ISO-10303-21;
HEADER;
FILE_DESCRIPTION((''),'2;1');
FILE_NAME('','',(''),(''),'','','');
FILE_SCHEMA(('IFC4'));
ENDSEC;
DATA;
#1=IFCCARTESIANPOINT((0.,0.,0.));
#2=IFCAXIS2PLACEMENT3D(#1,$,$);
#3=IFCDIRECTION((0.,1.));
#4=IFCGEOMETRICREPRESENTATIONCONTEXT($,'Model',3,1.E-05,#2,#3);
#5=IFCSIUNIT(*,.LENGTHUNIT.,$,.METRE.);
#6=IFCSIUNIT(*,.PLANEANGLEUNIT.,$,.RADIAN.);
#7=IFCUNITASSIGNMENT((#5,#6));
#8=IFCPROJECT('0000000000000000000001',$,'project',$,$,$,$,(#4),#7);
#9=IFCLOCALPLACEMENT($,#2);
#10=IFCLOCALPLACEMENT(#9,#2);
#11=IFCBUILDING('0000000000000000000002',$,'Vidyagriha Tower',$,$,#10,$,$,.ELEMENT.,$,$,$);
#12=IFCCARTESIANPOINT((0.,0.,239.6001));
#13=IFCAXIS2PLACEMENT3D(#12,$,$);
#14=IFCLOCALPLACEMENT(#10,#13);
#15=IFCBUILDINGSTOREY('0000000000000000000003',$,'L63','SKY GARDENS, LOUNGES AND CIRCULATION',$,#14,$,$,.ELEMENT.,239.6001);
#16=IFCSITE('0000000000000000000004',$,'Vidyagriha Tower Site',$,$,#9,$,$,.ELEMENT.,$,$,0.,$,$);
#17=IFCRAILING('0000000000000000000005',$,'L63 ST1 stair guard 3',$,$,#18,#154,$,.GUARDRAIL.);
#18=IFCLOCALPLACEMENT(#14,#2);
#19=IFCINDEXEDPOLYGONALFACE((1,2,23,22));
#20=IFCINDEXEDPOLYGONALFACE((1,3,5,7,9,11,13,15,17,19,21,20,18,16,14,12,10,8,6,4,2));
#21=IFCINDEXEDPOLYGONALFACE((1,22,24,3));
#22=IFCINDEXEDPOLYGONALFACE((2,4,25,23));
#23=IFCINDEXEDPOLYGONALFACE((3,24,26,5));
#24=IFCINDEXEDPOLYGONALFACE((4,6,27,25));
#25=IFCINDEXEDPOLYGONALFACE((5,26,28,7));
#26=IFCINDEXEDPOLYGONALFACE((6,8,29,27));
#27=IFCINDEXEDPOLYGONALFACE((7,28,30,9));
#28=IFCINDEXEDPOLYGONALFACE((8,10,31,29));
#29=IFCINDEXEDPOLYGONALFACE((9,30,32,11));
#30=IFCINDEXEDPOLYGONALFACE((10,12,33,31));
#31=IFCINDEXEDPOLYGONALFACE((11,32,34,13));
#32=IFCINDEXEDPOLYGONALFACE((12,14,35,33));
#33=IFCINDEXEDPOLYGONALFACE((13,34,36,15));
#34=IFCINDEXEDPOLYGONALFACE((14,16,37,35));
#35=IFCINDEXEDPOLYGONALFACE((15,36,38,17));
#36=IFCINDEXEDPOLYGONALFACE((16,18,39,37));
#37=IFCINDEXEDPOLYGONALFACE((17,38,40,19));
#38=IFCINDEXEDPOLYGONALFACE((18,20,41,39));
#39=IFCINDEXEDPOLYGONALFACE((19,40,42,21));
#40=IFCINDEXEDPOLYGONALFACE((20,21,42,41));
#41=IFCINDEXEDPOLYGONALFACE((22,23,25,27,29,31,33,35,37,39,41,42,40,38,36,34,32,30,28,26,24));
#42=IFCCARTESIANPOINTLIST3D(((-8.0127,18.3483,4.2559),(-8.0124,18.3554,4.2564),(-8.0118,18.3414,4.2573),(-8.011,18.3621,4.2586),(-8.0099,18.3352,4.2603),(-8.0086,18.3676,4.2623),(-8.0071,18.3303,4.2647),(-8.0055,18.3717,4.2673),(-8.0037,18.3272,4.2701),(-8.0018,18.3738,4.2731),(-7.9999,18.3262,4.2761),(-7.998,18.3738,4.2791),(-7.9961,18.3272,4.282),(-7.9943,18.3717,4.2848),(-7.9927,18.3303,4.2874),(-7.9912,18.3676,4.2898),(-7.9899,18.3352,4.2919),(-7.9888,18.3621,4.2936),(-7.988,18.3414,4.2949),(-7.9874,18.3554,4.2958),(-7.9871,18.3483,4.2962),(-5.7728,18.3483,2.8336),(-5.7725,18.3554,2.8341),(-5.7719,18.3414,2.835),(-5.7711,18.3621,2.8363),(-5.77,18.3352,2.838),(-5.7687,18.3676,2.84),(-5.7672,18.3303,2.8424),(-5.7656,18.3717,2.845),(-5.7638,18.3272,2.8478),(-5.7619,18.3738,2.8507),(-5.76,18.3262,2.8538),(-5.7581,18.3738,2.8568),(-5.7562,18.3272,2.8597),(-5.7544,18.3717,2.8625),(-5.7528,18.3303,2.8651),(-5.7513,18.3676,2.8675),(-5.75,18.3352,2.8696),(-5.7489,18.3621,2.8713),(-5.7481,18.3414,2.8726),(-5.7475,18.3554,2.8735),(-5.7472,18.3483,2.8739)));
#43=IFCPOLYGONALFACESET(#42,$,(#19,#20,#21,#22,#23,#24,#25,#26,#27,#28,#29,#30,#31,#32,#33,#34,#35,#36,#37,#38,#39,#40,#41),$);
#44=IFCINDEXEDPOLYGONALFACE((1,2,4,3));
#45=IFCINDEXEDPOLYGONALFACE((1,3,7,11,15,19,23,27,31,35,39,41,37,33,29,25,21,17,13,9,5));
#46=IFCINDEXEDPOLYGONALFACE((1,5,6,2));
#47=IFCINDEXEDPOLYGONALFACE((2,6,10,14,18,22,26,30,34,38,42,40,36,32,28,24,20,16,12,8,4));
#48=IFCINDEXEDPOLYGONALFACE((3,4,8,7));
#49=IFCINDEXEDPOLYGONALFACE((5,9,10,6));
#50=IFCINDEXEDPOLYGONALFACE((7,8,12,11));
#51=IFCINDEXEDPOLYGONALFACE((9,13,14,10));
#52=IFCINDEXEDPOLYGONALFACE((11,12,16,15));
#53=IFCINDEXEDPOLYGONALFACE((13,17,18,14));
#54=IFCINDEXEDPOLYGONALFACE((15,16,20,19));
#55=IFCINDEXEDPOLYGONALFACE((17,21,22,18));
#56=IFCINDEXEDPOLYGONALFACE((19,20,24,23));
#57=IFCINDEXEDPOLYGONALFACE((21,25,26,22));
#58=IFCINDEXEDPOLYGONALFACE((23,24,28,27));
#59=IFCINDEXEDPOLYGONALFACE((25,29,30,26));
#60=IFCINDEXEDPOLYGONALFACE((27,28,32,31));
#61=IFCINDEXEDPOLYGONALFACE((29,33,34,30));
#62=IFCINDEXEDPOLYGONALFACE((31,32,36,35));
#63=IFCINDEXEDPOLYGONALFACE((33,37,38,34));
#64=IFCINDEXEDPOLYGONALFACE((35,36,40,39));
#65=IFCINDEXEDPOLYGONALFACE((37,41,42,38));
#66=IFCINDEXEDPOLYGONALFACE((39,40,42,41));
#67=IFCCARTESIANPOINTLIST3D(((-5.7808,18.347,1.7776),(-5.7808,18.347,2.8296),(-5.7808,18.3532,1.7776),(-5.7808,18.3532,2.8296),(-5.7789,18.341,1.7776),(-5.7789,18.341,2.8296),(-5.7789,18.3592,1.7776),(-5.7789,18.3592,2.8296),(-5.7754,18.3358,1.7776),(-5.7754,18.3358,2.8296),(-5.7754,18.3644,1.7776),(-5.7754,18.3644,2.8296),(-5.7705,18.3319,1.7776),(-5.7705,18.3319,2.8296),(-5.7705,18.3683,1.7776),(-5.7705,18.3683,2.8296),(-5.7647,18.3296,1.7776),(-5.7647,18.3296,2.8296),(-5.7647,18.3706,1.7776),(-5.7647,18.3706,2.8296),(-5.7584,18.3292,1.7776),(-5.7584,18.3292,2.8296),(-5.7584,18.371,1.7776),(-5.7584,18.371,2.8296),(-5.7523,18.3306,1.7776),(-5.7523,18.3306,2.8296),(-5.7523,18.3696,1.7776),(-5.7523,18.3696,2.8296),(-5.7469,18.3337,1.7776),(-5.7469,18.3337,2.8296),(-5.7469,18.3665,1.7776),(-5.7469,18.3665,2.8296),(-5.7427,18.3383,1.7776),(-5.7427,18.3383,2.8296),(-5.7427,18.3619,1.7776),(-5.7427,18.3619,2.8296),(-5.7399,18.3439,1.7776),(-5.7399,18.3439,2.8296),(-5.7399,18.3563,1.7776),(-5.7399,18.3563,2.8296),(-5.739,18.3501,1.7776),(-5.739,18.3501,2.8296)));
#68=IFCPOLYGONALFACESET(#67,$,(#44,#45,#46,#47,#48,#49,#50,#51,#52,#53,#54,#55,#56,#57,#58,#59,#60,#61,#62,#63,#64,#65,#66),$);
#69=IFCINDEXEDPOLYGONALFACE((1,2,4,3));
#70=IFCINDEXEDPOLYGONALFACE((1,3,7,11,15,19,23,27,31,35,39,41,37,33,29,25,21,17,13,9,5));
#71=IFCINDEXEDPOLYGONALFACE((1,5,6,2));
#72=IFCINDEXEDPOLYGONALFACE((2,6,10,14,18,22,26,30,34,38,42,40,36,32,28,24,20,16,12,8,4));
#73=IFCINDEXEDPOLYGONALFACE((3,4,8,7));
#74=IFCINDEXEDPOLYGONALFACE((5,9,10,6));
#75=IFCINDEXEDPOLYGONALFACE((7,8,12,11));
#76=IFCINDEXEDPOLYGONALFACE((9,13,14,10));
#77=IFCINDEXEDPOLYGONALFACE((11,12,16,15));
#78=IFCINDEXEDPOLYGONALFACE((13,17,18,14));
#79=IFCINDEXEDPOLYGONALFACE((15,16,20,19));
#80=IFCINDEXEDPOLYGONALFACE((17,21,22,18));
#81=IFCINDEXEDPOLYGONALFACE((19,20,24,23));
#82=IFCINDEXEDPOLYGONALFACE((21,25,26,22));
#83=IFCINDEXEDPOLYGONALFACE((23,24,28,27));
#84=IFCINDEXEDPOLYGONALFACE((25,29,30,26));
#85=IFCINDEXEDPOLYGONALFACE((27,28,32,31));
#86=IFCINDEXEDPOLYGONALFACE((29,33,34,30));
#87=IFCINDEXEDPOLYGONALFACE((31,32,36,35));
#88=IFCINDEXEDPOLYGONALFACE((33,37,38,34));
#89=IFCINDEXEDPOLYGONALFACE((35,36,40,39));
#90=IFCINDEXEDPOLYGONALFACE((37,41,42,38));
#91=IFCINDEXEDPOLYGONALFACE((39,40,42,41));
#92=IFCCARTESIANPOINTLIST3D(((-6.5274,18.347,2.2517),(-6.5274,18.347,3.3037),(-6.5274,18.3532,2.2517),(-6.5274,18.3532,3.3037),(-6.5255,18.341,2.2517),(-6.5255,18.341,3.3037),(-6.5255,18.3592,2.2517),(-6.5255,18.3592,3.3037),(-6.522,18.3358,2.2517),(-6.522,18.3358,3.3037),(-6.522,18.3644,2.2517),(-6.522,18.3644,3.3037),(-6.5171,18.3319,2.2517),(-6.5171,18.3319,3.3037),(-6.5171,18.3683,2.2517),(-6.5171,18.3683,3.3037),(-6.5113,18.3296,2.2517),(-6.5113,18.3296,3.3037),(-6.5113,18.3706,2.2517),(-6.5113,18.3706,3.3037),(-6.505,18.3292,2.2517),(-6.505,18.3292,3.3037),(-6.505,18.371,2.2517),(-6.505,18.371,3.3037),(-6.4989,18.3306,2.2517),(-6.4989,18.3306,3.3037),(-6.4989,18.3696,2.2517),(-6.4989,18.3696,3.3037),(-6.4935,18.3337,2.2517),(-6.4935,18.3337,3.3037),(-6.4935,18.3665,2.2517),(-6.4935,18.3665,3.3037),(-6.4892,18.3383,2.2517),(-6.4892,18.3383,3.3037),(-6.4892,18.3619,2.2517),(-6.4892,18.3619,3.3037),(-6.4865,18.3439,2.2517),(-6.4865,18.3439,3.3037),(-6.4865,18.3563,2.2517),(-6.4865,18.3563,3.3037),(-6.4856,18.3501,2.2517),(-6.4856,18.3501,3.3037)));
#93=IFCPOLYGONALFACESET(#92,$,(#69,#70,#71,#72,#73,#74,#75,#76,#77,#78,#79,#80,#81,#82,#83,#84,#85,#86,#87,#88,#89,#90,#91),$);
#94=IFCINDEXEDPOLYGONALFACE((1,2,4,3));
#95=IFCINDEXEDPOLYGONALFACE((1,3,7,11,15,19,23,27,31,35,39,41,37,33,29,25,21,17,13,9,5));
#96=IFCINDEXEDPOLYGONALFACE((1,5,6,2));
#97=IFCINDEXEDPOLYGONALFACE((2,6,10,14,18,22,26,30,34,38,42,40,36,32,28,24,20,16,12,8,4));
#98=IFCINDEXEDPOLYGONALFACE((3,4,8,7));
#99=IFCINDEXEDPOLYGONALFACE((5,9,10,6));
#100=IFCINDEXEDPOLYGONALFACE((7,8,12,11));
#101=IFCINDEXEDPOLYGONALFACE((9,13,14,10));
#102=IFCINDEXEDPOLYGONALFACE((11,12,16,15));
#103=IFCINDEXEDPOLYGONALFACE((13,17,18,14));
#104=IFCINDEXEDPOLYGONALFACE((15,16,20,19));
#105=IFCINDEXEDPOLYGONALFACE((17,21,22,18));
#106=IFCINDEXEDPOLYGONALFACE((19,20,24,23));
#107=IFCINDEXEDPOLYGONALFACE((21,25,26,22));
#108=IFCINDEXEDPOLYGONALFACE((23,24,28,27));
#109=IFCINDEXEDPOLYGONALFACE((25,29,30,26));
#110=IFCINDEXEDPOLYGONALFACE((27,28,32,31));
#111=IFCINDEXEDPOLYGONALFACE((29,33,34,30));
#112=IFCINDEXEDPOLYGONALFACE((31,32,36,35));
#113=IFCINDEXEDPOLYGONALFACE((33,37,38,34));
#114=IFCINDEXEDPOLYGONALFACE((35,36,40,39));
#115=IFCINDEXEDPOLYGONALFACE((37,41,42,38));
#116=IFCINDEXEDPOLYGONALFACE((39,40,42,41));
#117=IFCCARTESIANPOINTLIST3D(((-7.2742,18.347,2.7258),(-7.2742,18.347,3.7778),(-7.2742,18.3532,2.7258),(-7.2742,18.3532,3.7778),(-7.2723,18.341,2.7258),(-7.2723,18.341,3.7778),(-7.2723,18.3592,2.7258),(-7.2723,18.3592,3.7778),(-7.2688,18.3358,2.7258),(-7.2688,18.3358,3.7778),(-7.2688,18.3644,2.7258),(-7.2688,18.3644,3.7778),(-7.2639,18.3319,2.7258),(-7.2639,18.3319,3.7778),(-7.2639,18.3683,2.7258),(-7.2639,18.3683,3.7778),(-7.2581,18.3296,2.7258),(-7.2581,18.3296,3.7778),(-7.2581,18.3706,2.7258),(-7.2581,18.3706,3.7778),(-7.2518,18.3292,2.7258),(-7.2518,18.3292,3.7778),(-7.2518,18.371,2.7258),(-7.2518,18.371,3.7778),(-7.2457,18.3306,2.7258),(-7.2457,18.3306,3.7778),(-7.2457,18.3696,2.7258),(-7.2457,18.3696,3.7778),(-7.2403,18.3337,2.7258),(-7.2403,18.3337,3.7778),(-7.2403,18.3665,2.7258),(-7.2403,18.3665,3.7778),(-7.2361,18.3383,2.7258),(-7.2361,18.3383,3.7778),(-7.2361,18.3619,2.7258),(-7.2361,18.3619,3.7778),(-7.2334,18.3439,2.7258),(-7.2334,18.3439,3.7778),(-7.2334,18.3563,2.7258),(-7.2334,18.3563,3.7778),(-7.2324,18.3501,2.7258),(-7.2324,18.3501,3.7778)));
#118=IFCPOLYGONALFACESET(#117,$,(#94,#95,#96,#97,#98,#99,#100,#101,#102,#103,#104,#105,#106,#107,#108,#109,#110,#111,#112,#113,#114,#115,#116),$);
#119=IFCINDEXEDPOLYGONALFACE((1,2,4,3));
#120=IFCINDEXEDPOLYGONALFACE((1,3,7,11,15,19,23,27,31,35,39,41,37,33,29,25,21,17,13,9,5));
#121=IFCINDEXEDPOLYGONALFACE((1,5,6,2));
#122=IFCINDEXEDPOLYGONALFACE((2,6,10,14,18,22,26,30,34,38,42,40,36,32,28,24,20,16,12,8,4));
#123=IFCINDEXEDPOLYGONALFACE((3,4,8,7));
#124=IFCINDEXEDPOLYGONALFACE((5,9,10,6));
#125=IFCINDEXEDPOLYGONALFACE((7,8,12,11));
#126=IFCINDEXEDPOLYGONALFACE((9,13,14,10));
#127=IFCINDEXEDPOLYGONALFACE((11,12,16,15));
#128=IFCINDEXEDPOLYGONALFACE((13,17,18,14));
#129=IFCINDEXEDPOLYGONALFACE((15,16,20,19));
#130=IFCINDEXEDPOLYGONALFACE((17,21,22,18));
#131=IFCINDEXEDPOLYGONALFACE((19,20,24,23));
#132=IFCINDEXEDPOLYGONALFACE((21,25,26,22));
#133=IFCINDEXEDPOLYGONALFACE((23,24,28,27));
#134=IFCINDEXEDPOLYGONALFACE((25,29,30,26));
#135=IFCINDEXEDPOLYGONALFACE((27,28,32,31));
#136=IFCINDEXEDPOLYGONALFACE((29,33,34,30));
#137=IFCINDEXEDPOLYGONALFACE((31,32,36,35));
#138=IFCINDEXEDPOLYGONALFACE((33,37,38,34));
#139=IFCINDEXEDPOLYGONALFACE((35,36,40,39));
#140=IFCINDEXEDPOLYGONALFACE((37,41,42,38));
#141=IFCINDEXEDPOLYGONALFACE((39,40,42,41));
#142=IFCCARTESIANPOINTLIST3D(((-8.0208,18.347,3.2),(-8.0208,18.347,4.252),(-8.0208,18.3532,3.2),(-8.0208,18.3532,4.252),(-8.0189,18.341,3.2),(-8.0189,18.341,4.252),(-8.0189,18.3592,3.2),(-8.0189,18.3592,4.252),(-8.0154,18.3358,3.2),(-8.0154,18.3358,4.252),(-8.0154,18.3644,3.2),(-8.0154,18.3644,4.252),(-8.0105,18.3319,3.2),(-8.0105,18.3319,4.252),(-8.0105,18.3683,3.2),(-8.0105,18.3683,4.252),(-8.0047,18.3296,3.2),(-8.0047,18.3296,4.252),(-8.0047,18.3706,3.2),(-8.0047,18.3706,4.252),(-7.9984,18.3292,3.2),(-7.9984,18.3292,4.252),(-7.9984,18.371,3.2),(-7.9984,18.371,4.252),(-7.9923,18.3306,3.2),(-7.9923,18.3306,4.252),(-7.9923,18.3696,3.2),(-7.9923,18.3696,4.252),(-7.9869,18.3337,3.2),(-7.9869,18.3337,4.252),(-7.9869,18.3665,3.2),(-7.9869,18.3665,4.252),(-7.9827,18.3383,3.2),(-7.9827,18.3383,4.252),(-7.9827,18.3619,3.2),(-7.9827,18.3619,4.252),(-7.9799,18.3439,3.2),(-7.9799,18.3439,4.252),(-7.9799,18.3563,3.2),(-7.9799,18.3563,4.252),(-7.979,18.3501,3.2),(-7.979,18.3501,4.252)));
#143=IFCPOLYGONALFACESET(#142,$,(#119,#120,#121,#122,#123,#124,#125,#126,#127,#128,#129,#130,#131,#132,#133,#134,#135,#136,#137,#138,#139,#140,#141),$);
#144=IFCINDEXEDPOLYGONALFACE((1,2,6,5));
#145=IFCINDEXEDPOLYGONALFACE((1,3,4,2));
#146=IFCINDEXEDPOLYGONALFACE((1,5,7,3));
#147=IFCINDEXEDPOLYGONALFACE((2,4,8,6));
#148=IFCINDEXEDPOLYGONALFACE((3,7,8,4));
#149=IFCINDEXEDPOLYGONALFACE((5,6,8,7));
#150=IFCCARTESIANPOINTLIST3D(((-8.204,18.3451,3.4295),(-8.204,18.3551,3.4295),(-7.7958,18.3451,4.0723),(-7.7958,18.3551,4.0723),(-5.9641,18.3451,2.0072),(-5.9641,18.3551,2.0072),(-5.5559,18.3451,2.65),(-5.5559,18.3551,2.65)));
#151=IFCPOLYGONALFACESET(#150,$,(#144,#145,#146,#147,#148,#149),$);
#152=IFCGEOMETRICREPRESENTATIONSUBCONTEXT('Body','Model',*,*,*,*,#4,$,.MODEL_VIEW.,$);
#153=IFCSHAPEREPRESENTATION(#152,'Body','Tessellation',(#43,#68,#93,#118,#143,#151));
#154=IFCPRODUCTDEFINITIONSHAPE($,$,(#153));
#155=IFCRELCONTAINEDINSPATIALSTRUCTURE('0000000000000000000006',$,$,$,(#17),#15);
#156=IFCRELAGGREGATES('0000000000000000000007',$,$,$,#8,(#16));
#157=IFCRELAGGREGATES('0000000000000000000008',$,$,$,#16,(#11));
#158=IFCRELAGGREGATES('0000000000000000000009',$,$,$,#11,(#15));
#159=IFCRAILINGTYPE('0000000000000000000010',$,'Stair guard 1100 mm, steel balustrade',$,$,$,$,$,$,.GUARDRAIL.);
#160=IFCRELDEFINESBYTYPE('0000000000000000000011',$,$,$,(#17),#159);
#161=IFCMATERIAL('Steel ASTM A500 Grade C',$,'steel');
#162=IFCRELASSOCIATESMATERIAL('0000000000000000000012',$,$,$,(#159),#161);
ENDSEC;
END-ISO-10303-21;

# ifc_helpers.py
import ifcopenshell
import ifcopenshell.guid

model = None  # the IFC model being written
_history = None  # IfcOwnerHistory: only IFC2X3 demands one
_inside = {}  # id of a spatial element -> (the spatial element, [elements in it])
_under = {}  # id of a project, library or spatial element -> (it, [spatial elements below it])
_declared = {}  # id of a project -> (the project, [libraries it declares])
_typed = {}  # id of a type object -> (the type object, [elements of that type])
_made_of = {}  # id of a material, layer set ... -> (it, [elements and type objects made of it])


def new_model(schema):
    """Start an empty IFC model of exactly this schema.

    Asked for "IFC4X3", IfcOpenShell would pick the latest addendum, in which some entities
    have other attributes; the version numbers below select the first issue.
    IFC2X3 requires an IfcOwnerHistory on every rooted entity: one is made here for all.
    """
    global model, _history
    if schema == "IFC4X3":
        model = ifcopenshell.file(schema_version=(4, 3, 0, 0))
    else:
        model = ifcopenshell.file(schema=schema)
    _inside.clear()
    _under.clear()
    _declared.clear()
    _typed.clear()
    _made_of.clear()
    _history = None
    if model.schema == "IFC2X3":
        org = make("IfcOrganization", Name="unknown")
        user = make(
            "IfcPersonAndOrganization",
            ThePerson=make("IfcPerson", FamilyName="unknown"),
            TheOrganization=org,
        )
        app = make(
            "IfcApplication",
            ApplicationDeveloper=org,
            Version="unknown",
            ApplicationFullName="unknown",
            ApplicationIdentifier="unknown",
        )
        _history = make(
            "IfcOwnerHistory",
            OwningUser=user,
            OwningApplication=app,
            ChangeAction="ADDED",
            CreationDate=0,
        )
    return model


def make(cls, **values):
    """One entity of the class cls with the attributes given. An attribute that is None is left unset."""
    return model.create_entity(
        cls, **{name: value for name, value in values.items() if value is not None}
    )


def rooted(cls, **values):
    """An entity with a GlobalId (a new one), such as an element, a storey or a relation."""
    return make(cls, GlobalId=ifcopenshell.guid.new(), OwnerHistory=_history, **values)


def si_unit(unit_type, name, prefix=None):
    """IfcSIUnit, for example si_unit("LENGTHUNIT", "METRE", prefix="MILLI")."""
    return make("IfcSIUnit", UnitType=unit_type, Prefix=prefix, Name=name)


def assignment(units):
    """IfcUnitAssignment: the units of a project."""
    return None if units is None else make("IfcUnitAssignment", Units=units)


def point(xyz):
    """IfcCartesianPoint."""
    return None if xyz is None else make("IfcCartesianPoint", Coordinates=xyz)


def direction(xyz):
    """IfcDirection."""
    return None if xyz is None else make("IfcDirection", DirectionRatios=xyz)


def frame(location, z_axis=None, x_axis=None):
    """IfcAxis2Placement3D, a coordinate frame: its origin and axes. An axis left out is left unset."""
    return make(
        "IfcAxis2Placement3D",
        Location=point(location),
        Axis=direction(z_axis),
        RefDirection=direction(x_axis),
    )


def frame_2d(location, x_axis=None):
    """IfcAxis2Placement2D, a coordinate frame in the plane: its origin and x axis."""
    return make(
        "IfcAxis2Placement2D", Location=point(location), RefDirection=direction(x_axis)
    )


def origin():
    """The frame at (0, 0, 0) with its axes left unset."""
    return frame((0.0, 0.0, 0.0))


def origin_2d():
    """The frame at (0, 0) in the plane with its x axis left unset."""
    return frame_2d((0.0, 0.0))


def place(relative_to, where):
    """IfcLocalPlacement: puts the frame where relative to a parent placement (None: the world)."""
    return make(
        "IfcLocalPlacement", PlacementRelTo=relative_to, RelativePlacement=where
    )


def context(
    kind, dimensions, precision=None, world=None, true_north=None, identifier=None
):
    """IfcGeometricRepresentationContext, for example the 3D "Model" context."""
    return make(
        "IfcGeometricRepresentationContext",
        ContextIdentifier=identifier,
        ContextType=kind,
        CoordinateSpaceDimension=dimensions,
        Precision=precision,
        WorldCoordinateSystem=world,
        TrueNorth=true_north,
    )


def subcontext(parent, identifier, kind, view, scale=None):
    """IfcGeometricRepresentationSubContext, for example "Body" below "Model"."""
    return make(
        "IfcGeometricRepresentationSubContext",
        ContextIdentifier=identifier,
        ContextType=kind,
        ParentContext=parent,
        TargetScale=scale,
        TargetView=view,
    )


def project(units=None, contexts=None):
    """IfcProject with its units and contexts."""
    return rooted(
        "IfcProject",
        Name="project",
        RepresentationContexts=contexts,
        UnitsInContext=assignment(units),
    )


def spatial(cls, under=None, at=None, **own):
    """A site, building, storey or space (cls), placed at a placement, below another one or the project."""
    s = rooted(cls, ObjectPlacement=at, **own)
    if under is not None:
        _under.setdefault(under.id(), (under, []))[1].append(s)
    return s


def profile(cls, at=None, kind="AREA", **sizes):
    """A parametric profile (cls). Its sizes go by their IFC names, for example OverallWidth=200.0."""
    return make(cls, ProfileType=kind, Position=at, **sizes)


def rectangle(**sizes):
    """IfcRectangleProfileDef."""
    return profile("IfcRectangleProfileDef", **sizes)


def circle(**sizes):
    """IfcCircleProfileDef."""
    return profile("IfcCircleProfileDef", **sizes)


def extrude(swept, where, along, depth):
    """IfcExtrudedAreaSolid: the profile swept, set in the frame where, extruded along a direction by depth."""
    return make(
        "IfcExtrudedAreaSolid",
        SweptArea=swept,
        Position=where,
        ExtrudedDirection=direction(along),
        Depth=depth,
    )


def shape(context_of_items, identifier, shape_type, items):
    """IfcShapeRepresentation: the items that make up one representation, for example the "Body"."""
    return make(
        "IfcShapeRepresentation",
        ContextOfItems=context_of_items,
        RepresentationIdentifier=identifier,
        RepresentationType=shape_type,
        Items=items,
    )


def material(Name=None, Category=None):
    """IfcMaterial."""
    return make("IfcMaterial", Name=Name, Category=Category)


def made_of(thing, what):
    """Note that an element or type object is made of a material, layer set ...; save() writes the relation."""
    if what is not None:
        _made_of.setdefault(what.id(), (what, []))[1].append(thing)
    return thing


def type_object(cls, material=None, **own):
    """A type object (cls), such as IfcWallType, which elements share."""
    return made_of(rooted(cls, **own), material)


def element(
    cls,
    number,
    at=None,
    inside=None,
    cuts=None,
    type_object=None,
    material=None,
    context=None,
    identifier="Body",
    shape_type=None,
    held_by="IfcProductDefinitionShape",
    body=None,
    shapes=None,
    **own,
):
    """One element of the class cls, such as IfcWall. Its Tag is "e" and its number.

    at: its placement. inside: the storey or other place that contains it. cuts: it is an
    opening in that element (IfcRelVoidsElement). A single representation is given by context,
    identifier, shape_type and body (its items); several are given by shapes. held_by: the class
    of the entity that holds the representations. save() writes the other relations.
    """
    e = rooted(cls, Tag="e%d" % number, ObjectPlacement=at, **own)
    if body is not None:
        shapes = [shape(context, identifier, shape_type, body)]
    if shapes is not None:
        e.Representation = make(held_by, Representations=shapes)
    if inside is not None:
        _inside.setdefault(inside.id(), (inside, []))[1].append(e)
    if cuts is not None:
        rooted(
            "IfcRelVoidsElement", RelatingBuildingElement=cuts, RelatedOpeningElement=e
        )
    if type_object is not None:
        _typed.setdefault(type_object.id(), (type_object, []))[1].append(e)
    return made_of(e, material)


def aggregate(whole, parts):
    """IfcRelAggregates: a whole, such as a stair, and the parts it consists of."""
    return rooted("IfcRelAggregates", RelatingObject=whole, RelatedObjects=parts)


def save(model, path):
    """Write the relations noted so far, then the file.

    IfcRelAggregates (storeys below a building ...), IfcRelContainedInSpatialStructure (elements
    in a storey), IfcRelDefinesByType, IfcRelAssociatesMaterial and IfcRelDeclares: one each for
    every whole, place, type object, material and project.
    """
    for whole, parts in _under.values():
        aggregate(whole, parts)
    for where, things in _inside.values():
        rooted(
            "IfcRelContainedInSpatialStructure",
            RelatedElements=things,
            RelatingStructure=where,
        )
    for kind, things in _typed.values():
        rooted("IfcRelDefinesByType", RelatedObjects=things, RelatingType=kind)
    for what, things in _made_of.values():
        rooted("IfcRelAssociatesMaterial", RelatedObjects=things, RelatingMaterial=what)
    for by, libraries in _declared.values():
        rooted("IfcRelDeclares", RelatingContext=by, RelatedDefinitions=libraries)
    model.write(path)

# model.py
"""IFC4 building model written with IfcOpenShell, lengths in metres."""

from ifc_helpers import new_model, si_unit, direction, frame, origin, origin_2d, place, context, subcontext, project, spatial, rectangle, circle, extrude, material, type_object, element, save


model = new_model("IFC4")

# Units and contexts
model_context = context("Model", 3, precision=1e-05, world=origin(), true_north=direction((0.0, 1.0)))
body_context = subcontext(model_context, "Body", "Model", "MODEL_VIEW")
ifc_project = project(units=[si_unit("LENGTHUNIT", "METRE"), si_unit("PLANEANGLEUNIT", "RADIAN")], contexts=[model_context])

# Site, building, storey
site_placement = place(None, origin())
site = spatial("IfcSite", under=ifc_project, at=site_placement, Name="Vidyagriha Tower Site", CompositionType="ELEMENT", RefElevation=0.0)
building_placement = place(site_placement, origin())
building = spatial("IfcBuilding", under=site, at=building_placement, Name="Vidyagriha Tower", CompositionType="ELEMENT")
storey_placement = place(building_placement, frame((0.0, 0.0, 239.6001)))
storey = spatial("IfcBuildingStorey", under=building, at=storey_placement, Name="L63", Description="SKY GARDENS, LOUNGES AND CIRCULATION", CompositionType="ELEMENT", Elevation=239.6001)

# Railing
ifc_material_1 = material(Name="Steel ASTM A500 Grade C", Category="steel")
railing_type_1 = type_object("IfcRailingType", Name="Stair guard 1100 mm, steel balustrade", PredefinedType="GUARDRAIL", material=ifc_material_1)
railing_1_placement = place(storey_placement, frame((-5.76, 18.3501, 1.7776)))
element("IfcRailing", 1, at=railing_1_placement, inside=storey, type_object=railing_type_1, Name="L63 ST1 stair guard 3", PredefinedType="GUARDRAIL", context=body_context, shape_type="SweptSolid", body=[
    extrude(circle(Radius=0.0239, at=origin_2d()), frame((0.0, 0.0, 1.0762), z_axis=(-0.844188, 0.0, 0.536048), x_axis=(0.0, -1.0, 0.0)), (0.0, 0.0, 1.0), 2.6533),
    extrude(circle(Radius=0.021, at=origin_2d()), origin(), (0.0, 0.0, 1.0), 1.052),
    extrude(circle(Radius=0.021, at=origin_2d()), frame((-0.7466, 0.0, 0.4741)), (0.0, 0.0, 1.0), 1.052),
    extrude(circle(Radius=0.021, at=origin_2d()), frame((-1.4934, 0.0, 0.9482)), (0.0, 0.0, 1.0), 1.052),
    extrude(circle(Radius=0.021, at=origin_2d()), frame((-2.24, 0.0, 1.4224)), (0.0, 0.0, 1.0), 1.052),
    extrude(rectangle(XDim=0.01, YDim=0.7615, at=origin_2d()), frame((0.0, 0.0, 0.551), z_axis=(-0.844188, 0.0, 0.536048), x_axis=(0.0, -1.0, 0.0)), (0.0, 0.0, 1.0), 2.6533),
])

save(model, "model.ifc")
